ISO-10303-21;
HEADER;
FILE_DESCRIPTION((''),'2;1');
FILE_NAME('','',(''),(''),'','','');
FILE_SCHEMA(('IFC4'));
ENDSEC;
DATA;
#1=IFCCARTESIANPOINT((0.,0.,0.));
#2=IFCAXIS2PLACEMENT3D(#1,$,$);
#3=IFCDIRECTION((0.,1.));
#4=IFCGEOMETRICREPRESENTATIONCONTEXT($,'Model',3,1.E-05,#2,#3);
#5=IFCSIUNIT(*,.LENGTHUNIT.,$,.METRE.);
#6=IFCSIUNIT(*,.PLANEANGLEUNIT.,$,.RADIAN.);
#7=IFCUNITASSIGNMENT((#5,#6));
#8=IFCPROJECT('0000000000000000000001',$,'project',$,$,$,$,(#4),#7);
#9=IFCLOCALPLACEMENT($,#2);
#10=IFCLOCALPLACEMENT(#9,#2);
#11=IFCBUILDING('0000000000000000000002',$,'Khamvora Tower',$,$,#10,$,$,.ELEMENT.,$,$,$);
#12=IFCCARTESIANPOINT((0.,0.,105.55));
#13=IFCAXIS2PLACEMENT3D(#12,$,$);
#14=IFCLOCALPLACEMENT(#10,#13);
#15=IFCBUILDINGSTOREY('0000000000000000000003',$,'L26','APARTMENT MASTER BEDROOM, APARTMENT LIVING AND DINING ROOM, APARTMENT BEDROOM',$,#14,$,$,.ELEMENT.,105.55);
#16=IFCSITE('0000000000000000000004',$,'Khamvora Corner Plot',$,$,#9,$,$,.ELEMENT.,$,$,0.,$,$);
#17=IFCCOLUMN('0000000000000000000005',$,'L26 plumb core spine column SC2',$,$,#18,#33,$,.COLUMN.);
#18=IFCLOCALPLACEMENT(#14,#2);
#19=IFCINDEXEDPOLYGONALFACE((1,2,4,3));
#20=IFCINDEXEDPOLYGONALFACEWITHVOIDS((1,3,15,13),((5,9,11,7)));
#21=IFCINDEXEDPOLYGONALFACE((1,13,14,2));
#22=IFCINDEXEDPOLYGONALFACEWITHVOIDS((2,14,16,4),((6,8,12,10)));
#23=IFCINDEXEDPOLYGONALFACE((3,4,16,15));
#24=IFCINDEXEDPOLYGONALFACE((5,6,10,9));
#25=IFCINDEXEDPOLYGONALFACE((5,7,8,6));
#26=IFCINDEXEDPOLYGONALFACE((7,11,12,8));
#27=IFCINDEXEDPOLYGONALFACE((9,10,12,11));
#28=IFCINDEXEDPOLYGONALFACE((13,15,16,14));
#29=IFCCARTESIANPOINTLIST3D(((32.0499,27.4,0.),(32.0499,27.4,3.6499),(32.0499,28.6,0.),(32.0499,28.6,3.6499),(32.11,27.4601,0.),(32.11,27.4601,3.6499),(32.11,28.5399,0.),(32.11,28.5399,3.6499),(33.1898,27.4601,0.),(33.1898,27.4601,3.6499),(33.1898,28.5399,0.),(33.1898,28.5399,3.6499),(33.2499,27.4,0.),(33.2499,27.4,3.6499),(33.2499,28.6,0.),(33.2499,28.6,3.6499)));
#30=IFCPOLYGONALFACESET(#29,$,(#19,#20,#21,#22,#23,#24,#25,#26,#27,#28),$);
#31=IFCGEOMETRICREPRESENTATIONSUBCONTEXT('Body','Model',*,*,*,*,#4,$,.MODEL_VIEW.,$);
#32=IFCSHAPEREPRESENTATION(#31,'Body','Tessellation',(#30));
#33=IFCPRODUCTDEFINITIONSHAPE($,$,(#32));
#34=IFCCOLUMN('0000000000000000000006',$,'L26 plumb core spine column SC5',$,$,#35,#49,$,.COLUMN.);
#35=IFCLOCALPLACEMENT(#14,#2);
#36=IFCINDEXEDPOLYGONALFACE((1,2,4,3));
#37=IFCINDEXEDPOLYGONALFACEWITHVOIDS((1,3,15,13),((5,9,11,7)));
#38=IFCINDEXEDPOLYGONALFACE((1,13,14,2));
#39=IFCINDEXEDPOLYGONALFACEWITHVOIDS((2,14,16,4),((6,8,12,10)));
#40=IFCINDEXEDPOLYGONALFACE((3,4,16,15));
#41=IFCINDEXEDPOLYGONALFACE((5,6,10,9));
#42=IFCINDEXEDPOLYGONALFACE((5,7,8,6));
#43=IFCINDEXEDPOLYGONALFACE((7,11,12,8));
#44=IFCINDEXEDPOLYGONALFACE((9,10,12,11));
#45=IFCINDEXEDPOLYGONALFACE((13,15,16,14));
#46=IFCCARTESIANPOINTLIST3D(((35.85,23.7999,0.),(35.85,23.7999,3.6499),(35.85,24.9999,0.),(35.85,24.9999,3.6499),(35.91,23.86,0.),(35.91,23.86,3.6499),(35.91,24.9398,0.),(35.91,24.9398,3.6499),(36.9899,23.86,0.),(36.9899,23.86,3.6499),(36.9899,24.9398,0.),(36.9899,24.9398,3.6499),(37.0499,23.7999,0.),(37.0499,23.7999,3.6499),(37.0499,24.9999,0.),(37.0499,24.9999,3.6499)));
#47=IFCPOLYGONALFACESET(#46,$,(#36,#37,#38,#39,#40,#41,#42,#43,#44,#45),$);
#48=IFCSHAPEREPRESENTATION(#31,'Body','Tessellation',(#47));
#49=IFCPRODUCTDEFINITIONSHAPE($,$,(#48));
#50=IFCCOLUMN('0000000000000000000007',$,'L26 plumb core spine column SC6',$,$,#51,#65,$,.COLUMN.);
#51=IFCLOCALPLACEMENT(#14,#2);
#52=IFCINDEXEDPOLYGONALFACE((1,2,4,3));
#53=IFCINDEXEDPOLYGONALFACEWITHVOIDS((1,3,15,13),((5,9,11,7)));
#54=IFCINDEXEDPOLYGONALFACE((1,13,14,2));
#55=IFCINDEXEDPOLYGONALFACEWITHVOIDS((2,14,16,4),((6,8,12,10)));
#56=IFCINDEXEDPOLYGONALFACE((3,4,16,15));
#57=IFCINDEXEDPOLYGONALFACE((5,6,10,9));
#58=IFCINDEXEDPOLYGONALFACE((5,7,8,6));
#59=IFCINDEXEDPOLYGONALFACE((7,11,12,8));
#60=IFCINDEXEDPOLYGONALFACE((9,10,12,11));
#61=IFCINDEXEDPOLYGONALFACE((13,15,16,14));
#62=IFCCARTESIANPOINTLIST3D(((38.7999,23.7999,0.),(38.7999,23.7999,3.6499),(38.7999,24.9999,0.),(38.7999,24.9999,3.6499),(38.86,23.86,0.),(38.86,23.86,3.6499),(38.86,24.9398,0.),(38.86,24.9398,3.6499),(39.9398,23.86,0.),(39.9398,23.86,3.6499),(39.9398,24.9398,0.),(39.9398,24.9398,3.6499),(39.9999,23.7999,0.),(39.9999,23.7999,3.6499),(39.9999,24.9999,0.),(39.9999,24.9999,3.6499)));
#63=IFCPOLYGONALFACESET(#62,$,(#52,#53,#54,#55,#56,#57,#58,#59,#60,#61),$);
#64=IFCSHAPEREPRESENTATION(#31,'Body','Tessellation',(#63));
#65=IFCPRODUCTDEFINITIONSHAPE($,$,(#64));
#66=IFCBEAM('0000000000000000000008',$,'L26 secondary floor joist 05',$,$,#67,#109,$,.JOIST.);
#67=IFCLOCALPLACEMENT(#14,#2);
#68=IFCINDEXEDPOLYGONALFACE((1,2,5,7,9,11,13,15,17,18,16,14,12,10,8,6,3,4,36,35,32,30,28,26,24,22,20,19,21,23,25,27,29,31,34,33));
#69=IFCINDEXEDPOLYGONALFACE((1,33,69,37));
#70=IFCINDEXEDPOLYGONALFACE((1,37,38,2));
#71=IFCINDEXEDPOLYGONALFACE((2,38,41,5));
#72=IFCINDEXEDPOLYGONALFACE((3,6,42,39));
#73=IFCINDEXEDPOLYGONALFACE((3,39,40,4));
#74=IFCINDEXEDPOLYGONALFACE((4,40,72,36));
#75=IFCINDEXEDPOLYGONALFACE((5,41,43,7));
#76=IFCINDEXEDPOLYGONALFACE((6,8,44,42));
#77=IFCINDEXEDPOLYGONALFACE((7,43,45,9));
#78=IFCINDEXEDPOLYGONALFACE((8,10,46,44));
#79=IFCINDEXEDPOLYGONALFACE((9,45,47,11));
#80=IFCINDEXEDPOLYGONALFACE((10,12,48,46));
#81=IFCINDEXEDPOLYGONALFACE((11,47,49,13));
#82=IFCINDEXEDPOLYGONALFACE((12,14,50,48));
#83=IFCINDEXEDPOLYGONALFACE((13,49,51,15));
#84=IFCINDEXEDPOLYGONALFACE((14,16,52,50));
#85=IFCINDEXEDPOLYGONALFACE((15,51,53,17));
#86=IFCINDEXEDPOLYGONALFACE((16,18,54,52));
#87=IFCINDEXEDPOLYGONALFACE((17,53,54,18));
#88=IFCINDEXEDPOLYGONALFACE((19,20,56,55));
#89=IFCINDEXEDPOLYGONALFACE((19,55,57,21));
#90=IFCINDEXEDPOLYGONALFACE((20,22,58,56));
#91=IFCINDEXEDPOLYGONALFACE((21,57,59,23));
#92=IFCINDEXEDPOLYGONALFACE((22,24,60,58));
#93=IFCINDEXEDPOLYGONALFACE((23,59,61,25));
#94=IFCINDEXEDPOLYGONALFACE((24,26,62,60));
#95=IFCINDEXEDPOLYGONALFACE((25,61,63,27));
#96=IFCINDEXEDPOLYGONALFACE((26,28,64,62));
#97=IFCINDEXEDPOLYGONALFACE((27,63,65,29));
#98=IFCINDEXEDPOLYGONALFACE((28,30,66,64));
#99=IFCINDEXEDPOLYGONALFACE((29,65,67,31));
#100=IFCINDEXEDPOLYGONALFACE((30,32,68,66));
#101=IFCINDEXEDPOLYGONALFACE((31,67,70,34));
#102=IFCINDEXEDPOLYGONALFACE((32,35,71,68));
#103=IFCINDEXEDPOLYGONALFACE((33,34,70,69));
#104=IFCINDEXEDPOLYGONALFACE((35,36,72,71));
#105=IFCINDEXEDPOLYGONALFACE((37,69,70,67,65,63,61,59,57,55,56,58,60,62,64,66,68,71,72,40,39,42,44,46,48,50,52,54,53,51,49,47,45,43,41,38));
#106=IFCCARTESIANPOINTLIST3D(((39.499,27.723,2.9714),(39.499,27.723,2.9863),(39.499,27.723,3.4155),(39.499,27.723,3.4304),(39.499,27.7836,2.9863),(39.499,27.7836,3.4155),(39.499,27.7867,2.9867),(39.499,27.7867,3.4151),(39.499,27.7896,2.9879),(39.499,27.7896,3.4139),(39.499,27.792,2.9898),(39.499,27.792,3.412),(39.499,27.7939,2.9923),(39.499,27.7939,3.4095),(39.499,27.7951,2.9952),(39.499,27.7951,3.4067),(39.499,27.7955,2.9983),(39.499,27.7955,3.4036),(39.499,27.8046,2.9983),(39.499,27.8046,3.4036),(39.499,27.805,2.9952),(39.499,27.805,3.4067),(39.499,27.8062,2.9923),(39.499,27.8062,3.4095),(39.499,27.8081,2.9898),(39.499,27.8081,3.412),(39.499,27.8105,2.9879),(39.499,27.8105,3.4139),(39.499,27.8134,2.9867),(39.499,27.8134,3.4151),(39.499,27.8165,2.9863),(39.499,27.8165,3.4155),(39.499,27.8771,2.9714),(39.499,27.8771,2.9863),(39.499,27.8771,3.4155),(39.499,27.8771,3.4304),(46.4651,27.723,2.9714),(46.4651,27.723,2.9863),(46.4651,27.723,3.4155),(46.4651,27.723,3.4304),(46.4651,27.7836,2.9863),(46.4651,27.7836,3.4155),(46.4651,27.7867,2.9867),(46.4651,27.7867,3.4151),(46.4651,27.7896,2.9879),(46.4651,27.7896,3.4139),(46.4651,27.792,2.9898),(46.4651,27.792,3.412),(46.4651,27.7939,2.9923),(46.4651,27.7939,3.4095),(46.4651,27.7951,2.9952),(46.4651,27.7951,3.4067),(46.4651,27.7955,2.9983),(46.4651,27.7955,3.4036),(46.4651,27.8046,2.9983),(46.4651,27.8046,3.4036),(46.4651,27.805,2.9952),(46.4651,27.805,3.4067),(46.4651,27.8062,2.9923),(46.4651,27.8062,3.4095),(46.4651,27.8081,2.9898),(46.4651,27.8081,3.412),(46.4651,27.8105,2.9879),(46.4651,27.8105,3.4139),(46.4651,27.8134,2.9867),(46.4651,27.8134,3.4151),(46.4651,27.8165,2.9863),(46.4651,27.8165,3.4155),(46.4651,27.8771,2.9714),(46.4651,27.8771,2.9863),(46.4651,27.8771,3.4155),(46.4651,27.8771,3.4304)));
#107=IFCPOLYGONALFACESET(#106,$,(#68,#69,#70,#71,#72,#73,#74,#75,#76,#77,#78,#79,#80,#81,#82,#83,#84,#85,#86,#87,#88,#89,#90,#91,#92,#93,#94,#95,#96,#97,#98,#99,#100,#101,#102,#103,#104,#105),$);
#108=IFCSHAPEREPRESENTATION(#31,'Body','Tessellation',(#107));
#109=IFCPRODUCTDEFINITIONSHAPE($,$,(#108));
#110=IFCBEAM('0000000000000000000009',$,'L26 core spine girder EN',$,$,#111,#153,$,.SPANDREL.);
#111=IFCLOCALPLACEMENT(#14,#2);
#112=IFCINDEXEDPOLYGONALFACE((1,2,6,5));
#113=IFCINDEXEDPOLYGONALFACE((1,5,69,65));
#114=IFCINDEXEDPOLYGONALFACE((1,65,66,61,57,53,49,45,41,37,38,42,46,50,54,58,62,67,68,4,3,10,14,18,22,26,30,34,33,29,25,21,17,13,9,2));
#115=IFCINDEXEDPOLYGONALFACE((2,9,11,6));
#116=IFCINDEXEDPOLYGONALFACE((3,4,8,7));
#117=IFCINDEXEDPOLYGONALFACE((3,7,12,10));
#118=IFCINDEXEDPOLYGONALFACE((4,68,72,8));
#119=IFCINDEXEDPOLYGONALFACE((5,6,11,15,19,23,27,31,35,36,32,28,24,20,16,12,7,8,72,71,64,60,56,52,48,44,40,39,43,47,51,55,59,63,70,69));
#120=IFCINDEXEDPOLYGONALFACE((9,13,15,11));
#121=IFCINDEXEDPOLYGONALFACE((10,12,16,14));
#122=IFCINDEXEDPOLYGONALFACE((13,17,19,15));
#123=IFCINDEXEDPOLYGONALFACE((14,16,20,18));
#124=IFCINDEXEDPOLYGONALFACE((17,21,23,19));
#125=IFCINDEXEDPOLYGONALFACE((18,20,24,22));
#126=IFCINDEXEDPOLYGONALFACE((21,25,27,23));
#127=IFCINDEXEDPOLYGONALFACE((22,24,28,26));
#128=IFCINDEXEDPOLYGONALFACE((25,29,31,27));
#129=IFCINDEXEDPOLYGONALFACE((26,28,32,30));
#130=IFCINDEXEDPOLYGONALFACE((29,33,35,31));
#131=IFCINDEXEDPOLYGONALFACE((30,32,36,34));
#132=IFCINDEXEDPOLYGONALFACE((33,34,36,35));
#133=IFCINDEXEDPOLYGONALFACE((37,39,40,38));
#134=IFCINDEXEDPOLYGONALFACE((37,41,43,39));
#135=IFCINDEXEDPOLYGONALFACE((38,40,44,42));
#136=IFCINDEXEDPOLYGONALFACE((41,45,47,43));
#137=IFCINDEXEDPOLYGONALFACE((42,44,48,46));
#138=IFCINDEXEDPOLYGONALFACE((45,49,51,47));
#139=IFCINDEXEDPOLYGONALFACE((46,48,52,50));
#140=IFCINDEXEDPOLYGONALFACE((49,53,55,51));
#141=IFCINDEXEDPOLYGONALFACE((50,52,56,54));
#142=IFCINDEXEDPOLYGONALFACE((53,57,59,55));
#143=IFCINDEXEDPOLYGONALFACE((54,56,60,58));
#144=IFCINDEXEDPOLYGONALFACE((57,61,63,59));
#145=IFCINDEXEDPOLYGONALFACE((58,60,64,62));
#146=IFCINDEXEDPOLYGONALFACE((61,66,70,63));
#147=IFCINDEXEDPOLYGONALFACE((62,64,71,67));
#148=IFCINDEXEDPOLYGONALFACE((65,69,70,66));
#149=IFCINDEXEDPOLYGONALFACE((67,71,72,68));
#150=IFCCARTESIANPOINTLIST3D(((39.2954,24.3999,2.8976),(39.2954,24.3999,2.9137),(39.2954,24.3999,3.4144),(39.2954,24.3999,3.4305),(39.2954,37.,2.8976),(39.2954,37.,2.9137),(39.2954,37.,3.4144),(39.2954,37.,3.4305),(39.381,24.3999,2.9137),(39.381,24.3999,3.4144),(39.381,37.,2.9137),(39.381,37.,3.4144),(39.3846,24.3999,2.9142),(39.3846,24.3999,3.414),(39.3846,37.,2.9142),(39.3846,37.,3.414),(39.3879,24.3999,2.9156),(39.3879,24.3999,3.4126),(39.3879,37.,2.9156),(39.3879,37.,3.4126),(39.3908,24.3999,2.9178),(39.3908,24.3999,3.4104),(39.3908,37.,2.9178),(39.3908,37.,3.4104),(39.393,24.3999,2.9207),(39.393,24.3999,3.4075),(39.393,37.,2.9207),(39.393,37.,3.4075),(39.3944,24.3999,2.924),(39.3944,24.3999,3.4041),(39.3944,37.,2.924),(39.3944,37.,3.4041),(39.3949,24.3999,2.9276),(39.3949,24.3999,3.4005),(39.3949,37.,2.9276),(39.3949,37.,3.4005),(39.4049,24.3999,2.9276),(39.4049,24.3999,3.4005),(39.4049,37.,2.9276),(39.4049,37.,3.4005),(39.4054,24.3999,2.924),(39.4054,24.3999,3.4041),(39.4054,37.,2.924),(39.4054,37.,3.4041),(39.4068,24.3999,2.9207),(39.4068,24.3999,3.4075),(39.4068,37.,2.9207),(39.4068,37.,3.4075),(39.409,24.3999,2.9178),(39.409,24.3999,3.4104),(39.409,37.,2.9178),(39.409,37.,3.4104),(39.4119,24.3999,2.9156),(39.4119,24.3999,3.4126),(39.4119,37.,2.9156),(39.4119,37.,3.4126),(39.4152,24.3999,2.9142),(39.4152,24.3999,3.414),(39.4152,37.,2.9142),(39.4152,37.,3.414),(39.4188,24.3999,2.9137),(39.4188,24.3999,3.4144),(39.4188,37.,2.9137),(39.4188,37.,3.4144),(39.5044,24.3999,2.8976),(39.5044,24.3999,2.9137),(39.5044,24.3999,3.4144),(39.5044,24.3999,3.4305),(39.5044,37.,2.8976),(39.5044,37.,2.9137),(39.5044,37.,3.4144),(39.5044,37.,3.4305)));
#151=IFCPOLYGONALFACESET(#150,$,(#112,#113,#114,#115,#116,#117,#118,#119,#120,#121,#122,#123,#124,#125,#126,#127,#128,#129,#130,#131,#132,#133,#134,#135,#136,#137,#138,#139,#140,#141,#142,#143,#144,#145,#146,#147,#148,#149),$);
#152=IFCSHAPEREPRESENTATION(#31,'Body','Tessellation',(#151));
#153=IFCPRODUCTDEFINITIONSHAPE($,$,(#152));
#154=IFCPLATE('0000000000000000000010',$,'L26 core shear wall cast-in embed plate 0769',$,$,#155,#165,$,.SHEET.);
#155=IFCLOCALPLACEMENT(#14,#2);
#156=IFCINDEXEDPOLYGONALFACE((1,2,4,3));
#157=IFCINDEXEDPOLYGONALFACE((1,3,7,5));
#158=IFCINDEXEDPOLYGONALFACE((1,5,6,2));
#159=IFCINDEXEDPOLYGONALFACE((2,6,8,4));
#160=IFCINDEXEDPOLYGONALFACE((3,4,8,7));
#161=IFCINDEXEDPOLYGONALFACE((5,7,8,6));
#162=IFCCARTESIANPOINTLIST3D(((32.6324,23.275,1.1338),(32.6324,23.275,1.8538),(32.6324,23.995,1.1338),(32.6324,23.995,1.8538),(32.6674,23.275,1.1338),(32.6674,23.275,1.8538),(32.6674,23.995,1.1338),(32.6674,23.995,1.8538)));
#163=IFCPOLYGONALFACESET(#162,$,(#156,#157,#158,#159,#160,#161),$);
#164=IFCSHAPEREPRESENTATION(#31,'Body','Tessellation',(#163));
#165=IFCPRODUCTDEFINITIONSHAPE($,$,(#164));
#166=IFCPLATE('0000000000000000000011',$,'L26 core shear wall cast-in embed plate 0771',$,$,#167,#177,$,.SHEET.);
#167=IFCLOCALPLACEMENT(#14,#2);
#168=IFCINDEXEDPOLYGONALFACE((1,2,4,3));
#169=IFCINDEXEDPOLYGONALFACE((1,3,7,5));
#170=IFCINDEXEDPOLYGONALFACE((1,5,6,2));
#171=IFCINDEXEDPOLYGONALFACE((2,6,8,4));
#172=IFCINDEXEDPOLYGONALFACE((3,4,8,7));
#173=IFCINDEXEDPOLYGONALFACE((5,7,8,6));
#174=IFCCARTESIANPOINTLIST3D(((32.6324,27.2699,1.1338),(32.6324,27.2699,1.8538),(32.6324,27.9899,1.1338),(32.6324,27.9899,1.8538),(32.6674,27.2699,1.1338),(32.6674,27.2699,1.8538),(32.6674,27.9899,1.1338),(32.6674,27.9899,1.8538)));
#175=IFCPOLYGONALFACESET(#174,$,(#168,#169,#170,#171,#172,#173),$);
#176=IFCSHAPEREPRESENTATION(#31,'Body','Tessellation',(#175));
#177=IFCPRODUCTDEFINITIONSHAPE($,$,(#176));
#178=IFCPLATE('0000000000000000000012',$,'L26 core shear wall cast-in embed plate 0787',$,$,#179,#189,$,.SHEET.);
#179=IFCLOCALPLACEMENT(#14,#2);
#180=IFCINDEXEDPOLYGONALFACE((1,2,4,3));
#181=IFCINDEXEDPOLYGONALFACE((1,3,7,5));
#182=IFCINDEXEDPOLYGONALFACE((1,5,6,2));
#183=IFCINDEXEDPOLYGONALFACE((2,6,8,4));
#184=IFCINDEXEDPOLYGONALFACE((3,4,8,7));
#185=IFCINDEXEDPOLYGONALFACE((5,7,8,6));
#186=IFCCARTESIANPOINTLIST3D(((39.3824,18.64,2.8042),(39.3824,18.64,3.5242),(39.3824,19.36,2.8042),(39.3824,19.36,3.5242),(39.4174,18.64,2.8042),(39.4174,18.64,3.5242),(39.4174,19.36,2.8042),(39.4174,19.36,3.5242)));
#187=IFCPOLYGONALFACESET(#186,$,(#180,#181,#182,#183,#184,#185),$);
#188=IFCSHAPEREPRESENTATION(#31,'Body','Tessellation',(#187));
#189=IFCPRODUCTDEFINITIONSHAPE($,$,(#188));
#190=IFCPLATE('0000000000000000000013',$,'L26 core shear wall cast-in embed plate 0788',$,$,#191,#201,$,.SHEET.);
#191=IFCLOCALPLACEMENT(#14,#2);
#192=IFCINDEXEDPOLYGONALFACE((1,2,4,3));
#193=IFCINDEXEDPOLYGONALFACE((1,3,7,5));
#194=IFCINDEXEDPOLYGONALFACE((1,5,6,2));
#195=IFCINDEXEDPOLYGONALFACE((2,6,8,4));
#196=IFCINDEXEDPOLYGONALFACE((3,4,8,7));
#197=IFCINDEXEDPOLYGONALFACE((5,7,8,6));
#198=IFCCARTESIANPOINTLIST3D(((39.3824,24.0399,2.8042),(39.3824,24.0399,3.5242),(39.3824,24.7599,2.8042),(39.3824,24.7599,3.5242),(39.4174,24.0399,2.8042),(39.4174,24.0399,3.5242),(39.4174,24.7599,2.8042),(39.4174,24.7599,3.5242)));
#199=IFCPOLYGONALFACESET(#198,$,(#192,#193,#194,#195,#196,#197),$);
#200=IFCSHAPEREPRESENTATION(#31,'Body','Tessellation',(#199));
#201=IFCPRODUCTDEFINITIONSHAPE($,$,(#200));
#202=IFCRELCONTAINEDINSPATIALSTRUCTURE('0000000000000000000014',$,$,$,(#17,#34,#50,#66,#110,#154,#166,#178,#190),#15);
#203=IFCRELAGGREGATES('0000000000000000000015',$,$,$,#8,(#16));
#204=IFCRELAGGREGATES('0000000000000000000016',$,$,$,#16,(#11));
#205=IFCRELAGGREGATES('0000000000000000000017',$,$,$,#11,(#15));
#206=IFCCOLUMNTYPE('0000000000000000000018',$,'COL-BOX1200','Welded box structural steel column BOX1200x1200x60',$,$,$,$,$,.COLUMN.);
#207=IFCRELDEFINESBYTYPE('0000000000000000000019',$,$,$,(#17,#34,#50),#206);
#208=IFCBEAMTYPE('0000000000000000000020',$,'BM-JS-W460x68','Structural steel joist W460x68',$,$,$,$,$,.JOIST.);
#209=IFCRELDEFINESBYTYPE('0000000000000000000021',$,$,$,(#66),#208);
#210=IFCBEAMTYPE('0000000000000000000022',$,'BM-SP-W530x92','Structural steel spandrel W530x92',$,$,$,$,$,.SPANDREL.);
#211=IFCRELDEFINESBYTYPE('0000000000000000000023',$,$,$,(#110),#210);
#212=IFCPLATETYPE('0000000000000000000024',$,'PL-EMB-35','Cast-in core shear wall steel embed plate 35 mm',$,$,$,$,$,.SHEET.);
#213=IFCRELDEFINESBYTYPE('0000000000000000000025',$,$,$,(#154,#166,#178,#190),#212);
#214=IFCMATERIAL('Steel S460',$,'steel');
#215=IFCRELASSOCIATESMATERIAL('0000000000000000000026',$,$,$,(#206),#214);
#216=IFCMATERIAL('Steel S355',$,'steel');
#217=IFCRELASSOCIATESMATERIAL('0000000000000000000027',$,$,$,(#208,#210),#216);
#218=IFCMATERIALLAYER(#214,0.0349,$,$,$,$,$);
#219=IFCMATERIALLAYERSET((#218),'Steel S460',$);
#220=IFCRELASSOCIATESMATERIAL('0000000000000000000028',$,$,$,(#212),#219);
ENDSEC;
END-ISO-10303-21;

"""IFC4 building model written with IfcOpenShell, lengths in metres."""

from ifc_helpers import new_model, si_unit, direction, frame, origin, origin_2d, place, context, subcontext, project, spatial, rectangle, hollow_rectangle, i_section, extrude, material, layer, layer_set, material_profile, profile_set, type_object, element, save


model = new_model("IFC4")

# Units and contexts
model_context = context("Model", 3, precision=1e-05, world=origin(), true_north=direction((0.0, 1.0)))
body_context = subcontext(model_context, "Body", "Model", "MODEL_VIEW")
ifc_project = project(units=[si_unit("LENGTHUNIT", "METRE"), si_unit("PLANEANGLEUNIT", "RADIAN")], contexts=[model_context])

# Site, building, storey
site_placement = place(None, origin())
site = spatial("IfcSite", under=ifc_project, at=site_placement, Name="Khamvora Corner Plot", CompositionType="ELEMENT", RefElevation=0.0)
building_placement = place(site_placement, origin())
building = spatial("IfcBuilding", under=site, at=building_placement, Name="Khamvora Tower", CompositionType="ELEMENT")
storey_placement = place(building_placement, frame((0.0, 0.0, 105.55)))
storey = spatial("IfcBuildingStorey", under=building, at=storey_placement, Name="L26", Description="APARTMENT MASTER BEDROOM, APARTMENT LIVING AND DINING ROOM, APARTMENT BEDROOM", CompositionType="ELEMENT", Elevation=105.55)

# Columns
ifc_material_1 = material(Name="Steel S460", Category="steel")
ifc_material_profile_1 = material_profile(ifc_material_1, hollow_rectangle(XDim=1.2, YDim=1.2, WallThickness=0.0601, at=origin_2d()), Name="BOX1200x1200x60")
ifc_profile_set_1 = profile_set([ifc_material_profile_1], Name="Steel S460")
column_type = type_object("IfcColumnType", Name="COL-BOX1200", Description="Welded box structural steel column BOX1200x1200x60", PredefinedType="COLUMN", material=ifc_profile_set_1)
for number, where, z_axis, x_axis, name in (
    (1, (32.6499, 28.0, 0.0), (0.0, 0.0, 1.0), (1.0, 0.0, 0.0), "L26 plumb core spine column SC2"),
    (2, (36.45, 24.3999, 0.0), (0.0, 0.0, 1.0), (1.0, 0.0, 0.0), "L26 plumb core spine column SC5"),
    (3, (39.3999, 24.3999, 0.0), (0.0, 0.0, 1.0), (1.0, 0.0, 0.0), "L26 plumb core spine column SC6"),
):
    element("IfcColumn", number, at=place(storey_placement, frame(where, z_axis=z_axis, x_axis=x_axis)), inside=storey, type_object=column_type, Name=name, PredefinedType="COLUMN", context=body_context, shape_type="SweptSolid", body=[
        extrude(hollow_rectangle(XDim=1.2, YDim=1.2, WallThickness=0.0601, at=origin_2d()), origin(), (0.0, 0.0, 1.0), 3.6499),
    ])

# Beams
ifc_material_2 = material(Name="Steel S355", Category="steel")
ifc_material_profile_2 = material_profile(ifc_material_2, i_section(OverallWidth=0.1541, OverallDepth=0.459, WebThickness=0.009, FlangeThickness=0.0149, FilletRadius=0.012, at=origin_2d()), Name="W460x68")
ifc_profile_set_2 = profile_set([ifc_material_profile_2], Name="Steel S355")
beam_type_1 = type_object("IfcBeamType", Name="BM-JS-W460x68", Description="Structural steel joist W460x68", PredefinedType="JOIST", material=ifc_profile_set_2)
beam_1_placement = place(storey_placement, frame((39.499, 27.8, 3.2009), z_axis=(1.0, 0.0, 0.0), x_axis=(0.0, 1.0, 0.0)))
element("IfcBeam", 4, at=beam_1_placement, inside=storey, type_object=beam_type_1, Name="L26 secondary floor joist 05", PredefinedType="JOIST", context=body_context, shape_type="SweptSolid", body=[
    extrude(i_section(OverallWidth=0.1541, OverallDepth=0.459, WebThickness=0.009, FlangeThickness=0.0149, FilletRadius=0.012, at=origin_2d()), origin(), (0.0, 0.0, 1.0), 6.9661),
])
ifc_material_profile_3 = material_profile(ifc_material_2, i_section(OverallWidth=0.209, OverallDepth=0.533, WebThickness=0.01, FlangeThickness=0.0161, FilletRadius=0.0139, at=origin_2d()), Name="W530x92")
ifc_profile_set_3 = profile_set([ifc_material_profile_3], Name="Steel S355")
beam_type_2 = type_object("IfcBeamType", Name="BM-SP-W530x92", Description="Structural steel spandrel W530x92", PredefinedType="SPANDREL", material=ifc_profile_set_3)
beam_2_placement = place(storey_placement, frame((39.3999, 24.3999, 3.1641), z_axis=(0.0, 1.0, 0.0), x_axis=(-1.0, 0.0, 0.0)))
element("IfcBeam", 5, at=beam_2_placement, inside=storey, type_object=beam_type_2, Name="L26 core spine girder EN", PredefinedType="SPANDREL", context=body_context, shape_type="SweptSolid", body=[
    extrude(i_section(OverallWidth=0.209, OverallDepth=0.533, WebThickness=0.01, FlangeThickness=0.0161, FilletRadius=0.0139, at=origin_2d()), origin(), (0.0, 0.0, 1.0), 12.6001),
])

# Plates
ifc_layer_1 = layer(ifc_material_1, 0.0349)
ifc_layer_set_1 = layer_set([ifc_layer_1], Name="Steel S460")
plate_type = type_object("IfcPlateType", Name="PL-EMB-35", Description="Cast-in core shear wall steel embed plate 35 mm", PredefinedType="SHEET", material=ifc_layer_set_1)
for number, where, z_axis, x_axis, name in (
    (6, (32.6499, 23.635, 1.1338), (0.0, 0.0, 1.0), (1.0, 0.0, 0.0), "L26 core shear wall cast-in embed plate 0769"),
    (7, (32.6499, 27.6299, 1.1338), (0.0, 0.0, 1.0), (1.0, 0.0, 0.0), "L26 core shear wall cast-in embed plate 0771"),
    (8, (39.3999, 19.0, 2.8042), (0.0, 0.0, 1.0), (1.0, 0.0, 0.0), "L26 core shear wall cast-in embed plate 0787"),
    (9, (39.3999, 24.3999, 2.8042), (0.0, 0.0, 1.0), (1.0, 0.0, 0.0), "L26 core shear wall cast-in embed plate 0788"),
):
    element("IfcPlate", number, at=place(storey_placement, frame(where, z_axis=z_axis, x_axis=x_axis)), inside=storey, type_object=plate_type, Name=name, PredefinedType="SHEET", context=body_context, shape_type="SweptSolid", body=[
        extrude(rectangle(XDim=0.0349, YDim=0.72, at=origin_2d()), origin(), (0.0, 0.0, 1.0), 0.72),
    ])

save(model, "model.ifc")
